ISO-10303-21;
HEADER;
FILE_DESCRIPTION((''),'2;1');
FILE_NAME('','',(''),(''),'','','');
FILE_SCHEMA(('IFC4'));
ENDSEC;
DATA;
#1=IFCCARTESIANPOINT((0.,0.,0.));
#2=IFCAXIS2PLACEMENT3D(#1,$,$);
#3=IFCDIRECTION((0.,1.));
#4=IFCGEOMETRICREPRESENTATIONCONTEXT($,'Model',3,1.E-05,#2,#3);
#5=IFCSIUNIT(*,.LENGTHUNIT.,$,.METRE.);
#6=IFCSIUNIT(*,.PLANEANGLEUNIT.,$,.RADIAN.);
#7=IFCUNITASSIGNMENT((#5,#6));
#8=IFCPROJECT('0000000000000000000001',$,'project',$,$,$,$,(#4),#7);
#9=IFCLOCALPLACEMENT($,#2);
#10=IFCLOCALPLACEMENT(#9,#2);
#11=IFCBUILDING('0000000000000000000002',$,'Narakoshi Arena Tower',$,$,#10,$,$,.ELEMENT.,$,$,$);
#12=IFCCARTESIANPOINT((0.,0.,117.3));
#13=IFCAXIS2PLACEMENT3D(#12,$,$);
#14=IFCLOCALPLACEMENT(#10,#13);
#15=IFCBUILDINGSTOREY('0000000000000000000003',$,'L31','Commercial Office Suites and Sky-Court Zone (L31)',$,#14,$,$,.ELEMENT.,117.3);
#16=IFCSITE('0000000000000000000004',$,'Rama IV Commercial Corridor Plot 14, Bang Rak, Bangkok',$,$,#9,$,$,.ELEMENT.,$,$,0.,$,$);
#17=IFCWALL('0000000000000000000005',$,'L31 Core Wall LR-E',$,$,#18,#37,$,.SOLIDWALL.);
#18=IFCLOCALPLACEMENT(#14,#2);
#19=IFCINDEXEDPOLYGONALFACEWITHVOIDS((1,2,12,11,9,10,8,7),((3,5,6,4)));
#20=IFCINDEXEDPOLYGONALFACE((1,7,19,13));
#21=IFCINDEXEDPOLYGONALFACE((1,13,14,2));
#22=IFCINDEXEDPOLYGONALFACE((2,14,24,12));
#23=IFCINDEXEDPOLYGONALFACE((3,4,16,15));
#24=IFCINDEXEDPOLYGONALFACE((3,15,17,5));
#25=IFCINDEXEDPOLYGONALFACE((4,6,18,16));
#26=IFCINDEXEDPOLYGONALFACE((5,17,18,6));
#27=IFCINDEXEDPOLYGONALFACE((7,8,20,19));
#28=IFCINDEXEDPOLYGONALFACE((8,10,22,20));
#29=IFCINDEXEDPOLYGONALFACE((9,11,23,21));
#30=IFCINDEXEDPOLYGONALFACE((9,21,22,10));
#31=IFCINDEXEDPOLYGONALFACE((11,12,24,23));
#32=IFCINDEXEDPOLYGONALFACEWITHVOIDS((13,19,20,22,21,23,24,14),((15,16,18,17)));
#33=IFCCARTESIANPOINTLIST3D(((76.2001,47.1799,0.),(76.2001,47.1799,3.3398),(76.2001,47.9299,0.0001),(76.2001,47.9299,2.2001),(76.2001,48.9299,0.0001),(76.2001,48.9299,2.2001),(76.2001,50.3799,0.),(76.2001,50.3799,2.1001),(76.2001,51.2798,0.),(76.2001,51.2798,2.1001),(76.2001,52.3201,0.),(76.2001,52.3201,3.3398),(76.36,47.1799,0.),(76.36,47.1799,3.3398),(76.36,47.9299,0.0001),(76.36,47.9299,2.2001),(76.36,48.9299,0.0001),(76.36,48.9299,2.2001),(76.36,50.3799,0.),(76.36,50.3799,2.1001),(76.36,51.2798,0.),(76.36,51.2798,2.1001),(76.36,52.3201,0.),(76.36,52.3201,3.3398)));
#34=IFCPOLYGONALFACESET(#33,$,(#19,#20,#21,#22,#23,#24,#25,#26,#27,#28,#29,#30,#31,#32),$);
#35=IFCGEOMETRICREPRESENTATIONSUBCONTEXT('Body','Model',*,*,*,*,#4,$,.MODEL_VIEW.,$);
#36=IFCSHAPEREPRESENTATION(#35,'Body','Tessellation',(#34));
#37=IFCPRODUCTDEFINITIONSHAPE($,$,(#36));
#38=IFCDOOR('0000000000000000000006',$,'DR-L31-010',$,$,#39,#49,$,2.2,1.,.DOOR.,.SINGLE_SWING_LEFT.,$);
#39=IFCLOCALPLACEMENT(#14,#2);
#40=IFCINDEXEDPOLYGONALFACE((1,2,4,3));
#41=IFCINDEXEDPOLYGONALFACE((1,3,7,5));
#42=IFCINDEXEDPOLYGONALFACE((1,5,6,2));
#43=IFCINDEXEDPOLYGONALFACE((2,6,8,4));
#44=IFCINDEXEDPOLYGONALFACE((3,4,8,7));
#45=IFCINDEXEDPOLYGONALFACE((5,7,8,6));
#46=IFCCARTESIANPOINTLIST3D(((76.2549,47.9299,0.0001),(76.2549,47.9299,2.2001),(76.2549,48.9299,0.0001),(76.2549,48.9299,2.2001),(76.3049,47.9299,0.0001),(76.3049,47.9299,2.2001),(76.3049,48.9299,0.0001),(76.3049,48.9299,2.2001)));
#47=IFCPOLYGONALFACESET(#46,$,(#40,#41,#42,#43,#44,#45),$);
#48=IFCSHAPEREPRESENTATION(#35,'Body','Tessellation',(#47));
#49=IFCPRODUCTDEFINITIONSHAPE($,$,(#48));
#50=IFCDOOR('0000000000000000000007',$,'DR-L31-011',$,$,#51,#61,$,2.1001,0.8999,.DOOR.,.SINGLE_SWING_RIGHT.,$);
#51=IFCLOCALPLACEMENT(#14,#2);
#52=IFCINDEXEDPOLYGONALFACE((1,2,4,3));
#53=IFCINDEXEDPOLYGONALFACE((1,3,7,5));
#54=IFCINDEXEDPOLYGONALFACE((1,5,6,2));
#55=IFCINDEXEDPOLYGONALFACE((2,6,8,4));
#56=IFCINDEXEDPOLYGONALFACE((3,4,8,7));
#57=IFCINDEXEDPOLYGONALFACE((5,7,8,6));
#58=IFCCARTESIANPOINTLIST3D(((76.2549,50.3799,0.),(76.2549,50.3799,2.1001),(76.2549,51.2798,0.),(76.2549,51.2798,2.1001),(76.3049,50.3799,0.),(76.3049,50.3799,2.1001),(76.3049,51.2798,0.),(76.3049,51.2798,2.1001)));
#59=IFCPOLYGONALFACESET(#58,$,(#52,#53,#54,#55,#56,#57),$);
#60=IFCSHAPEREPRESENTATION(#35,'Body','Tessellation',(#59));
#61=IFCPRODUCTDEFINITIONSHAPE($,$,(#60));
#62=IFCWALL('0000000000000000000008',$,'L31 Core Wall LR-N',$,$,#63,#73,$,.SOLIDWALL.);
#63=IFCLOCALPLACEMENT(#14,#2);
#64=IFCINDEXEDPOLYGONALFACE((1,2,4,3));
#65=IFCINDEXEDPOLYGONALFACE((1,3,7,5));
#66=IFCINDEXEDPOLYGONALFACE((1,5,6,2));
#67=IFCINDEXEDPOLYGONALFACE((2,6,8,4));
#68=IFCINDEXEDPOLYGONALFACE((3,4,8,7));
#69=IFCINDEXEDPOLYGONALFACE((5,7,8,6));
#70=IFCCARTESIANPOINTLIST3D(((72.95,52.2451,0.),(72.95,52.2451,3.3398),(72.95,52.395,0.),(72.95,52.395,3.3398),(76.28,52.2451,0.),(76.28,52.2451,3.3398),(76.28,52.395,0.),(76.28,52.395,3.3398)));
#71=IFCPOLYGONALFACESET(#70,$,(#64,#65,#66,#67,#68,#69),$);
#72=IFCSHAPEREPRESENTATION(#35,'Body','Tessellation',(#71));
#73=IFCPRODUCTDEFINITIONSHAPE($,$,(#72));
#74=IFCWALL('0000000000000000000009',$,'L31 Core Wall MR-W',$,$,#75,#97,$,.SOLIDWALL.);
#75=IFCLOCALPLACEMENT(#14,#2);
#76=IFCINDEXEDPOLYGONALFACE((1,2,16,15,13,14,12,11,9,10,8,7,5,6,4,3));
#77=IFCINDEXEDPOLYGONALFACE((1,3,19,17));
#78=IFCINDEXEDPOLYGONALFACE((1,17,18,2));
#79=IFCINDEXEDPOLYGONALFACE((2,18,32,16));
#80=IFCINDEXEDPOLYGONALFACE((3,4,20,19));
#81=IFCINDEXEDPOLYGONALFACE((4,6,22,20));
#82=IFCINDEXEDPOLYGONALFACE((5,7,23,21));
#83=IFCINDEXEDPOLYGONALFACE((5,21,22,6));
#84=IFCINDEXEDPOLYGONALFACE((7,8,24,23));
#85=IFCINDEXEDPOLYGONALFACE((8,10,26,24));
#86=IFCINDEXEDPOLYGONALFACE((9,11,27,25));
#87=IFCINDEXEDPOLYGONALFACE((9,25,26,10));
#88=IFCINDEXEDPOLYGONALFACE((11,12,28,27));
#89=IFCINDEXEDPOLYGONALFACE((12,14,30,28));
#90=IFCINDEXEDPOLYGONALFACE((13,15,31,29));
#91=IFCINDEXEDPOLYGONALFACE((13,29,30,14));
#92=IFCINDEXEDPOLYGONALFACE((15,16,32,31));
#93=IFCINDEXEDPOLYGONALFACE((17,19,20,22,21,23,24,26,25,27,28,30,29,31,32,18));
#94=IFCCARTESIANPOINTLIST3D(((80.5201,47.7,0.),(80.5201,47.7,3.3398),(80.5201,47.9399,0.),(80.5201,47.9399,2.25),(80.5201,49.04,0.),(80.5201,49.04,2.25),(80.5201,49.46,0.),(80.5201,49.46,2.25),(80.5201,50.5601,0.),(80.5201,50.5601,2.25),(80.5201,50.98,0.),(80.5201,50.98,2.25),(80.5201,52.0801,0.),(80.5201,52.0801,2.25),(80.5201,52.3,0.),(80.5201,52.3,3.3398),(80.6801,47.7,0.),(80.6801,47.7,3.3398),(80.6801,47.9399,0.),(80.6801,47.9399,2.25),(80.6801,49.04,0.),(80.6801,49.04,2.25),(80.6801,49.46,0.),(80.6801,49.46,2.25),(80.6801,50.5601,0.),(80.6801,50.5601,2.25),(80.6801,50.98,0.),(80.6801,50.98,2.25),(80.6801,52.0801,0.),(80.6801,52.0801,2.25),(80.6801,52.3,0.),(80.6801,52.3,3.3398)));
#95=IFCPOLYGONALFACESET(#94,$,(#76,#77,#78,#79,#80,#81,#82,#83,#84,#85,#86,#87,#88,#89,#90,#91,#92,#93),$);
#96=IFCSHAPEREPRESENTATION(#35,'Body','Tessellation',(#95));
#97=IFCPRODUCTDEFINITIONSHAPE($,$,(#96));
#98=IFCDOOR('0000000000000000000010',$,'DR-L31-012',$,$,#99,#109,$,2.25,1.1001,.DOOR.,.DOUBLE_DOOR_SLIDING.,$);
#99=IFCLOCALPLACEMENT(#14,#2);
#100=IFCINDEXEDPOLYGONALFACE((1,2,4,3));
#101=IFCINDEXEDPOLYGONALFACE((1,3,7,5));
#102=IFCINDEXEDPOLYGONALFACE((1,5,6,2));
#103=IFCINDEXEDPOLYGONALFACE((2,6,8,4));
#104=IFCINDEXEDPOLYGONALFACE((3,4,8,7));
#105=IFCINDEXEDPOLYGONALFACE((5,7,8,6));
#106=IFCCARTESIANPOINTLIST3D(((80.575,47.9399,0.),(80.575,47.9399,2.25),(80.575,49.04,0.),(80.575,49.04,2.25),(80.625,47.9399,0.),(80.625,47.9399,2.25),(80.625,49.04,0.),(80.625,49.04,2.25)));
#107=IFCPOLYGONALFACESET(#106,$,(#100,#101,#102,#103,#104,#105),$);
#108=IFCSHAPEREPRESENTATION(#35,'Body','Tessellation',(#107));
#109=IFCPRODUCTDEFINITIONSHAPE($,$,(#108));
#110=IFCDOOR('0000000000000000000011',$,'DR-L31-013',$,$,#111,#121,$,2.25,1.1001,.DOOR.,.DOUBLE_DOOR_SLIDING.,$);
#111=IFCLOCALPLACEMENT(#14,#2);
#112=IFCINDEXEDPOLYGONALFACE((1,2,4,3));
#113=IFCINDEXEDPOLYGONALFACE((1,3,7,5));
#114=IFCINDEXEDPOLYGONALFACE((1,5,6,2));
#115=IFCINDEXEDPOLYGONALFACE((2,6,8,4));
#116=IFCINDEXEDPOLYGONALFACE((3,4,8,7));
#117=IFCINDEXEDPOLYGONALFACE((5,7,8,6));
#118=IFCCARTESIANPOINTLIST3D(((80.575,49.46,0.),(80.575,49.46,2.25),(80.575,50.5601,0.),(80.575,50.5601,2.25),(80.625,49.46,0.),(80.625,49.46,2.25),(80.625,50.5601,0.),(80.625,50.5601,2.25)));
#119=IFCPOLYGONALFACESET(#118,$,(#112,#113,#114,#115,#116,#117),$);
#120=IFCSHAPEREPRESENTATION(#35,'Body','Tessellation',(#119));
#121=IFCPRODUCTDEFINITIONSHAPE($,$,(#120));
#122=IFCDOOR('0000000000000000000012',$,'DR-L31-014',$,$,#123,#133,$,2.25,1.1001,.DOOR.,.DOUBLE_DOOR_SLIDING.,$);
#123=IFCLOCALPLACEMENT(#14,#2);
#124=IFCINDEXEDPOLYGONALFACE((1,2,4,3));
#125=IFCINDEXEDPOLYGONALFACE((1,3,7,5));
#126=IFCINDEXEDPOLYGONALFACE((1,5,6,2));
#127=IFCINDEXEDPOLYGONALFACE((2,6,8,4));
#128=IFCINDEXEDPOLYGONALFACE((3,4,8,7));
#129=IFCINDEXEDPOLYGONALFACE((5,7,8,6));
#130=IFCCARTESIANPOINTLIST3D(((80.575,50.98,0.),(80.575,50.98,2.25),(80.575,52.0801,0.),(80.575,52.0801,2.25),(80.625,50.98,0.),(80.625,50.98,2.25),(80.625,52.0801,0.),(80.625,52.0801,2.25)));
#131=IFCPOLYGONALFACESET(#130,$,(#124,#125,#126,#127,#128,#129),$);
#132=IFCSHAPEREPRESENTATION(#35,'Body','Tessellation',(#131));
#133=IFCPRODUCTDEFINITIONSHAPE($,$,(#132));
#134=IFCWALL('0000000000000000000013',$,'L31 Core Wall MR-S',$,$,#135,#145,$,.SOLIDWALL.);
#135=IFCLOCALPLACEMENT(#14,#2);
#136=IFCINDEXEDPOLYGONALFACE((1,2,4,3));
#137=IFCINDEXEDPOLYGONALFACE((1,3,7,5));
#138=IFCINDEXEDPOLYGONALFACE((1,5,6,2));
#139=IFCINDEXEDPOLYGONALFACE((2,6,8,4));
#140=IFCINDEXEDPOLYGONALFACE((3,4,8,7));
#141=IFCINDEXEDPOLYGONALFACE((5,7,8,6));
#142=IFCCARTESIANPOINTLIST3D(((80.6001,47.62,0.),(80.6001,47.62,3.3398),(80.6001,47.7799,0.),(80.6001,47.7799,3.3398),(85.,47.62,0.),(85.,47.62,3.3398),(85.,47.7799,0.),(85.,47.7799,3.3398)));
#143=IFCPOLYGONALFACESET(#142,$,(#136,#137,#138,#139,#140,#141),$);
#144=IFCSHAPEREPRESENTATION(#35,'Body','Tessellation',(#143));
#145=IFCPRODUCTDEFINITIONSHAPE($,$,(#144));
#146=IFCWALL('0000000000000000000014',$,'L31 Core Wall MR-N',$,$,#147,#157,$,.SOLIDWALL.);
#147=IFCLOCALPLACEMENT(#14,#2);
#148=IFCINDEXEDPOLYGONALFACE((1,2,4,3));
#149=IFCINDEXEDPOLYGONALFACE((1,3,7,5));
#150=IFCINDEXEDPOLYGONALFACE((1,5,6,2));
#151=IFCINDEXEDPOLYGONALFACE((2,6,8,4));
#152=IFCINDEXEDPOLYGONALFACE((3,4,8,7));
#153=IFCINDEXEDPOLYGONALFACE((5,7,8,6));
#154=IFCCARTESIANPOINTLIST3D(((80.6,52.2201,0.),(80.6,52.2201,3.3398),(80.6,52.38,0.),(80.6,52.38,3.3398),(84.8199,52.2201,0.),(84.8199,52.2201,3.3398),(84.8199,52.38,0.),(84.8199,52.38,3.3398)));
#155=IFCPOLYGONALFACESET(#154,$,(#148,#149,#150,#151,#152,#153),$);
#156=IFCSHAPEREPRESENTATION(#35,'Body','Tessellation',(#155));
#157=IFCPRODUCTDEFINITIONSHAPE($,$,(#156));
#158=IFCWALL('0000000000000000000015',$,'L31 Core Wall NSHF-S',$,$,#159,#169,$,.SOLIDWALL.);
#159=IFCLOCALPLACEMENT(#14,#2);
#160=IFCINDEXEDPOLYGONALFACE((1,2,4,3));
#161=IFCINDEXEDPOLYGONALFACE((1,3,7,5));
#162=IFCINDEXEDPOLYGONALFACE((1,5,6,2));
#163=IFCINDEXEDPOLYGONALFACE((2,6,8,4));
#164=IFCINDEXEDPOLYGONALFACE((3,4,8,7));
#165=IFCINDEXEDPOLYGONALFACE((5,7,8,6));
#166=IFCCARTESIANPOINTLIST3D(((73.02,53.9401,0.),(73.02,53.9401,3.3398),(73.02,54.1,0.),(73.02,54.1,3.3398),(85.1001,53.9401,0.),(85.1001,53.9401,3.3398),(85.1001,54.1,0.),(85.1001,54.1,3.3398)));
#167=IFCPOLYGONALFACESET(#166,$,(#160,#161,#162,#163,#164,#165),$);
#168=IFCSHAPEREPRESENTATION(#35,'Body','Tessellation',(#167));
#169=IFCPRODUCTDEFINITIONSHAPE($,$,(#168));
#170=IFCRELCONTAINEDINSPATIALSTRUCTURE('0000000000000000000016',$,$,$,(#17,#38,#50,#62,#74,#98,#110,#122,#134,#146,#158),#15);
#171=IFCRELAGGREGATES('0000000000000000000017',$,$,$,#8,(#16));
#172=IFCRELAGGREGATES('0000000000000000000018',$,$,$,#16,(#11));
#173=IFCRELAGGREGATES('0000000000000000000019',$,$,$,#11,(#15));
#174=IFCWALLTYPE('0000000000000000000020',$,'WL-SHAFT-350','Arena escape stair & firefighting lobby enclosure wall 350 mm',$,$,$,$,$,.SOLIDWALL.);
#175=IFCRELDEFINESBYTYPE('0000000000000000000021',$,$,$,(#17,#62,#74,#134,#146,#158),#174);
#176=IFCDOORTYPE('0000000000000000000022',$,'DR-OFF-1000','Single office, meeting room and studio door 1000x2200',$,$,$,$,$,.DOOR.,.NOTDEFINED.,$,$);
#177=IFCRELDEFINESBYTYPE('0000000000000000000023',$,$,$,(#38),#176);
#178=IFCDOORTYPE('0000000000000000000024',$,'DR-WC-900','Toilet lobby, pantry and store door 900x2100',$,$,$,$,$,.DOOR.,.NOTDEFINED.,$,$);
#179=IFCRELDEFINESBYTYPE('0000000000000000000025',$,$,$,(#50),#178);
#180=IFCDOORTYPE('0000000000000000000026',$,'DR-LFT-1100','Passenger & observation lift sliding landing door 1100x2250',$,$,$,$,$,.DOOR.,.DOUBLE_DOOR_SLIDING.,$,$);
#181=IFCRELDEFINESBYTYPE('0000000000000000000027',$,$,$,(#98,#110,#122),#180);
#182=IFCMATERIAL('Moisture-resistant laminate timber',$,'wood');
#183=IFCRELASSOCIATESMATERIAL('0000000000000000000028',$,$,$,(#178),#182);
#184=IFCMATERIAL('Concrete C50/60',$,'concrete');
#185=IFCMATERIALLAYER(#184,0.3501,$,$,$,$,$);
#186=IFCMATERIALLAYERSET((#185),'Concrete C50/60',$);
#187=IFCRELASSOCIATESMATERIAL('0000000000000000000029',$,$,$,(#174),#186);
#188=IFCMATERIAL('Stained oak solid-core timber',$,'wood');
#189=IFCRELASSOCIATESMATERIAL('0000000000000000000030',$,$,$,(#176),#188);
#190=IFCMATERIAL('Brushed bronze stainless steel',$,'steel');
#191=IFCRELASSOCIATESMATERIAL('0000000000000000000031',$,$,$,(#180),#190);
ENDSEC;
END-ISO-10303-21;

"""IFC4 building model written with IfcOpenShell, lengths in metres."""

from ifc_helpers import new_model, si_unit, direction, frame, frame_2d, origin, place, context, subcontext, project, spatial, rectangle, extrude, material, layer, layer_set, type_object, element, fill, save


model = new_model("IFC4")

# Units and contexts
model_context = context("Model", 3, precision=1e-05, world=origin(), true_north=direction((0.0, 1.0)))
body_context = subcontext(model_context, "Body", "Model", "MODEL_VIEW")
ifc_project = project(units=[si_unit("LENGTHUNIT", "METRE"), si_unit("PLANEANGLEUNIT", "RADIAN")], contexts=[model_context])

# Site, building, storey
site_placement = place(None, origin())
site = spatial("IfcSite", under=ifc_project, at=site_placement, Name="Rama IV Commercial Corridor Plot 14, Bang Rak, Bangkok", CompositionType="ELEMENT", RefElevation=0.0)
building_placement = place(site_placement, origin())
building = spatial("IfcBuilding", under=site, at=building_placement, Name="Narakoshi Arena Tower", CompositionType="ELEMENT")
storey_placement = place(building_placement, frame((0.0, 0.0, 117.3)))
storey = spatial("IfcBuildingStorey", under=building, at=storey_placement, Name="L31", Description="Commercial Office Suites and Sky-Court Zone (L31)", CompositionType="ELEMENT", Elevation=117.3)

# Shared definitions
ifc_material_1 = material(Name="Moisture-resistant laminate timber", Category="wood")
door_type_1 = type_object("IfcDoorType", Name="DR-WC-900", Description="Toilet lobby, pantry and store door 900x2100", OperationType="NOTDEFINED", PredefinedType="DOOR", material=ifc_material_1)

# Shared definitions
ifc_material_2 = material(Name="Concrete C50/60", Category="concrete")
ifc_layer_1 = layer(ifc_material_2, 0.3501)
ifc_layer_set_1 = layer_set([ifc_layer_1], Name="Concrete C50/60")
wall_type_1 = type_object("IfcWallType", Name="WL-SHAFT-350", Description="Arena escape stair & firefighting lobby enclosure wall 350 mm", PredefinedType="SOLIDWALL", material=ifc_layer_set_1)

# Wall, openings, doors
wall_1_placement = place(storey_placement, frame((76.28, 47.1799, 0.0), z_axis=(0.0, 0.0, 1.0), x_axis=(0.0, 1.0, 0.0)))
wall_1 = element("IfcWall", 1, at=wall_1_placement, inside=storey, type_object=wall_type_1, Name="L31 Core Wall LR-E", PredefinedType="SOLIDWALL", context=body_context, shape_type="SweptSolid", body=[
    extrude(rectangle(XDim=5.1401, YDim=0.1599, at=frame_2d((2.5701, 0.0))), origin(), (0.0, 0.0, 1.0), 3.3398),
])
opening_1_placement = place(wall_1_placement, frame((0.75, 0.0, 0.0)))
opening_1 = element("IfcOpeningElement", 2, at=opening_1_placement, cuts=wall_1, PredefinedType="OPENING", context=body_context, shape_type="SweptSolid", body=[
    extrude(rectangle(XDim=1.0, YDim=2.2, at=frame_2d((0.5, 1.1001))), frame((0.0, 0.0898, 0.0), z_axis=(0.0, -1.0, 0.0), x_axis=(1.0, 0.0, 0.0)), (0.0, 0.0, 1.0), 0.1799),
])
opening_2_placement = place(wall_1_placement, frame((3.2, 0.0, 0.0)))
opening_2 = element("IfcOpeningElement", 3, at=opening_2_placement, cuts=wall_1, PredefinedType="OPENING", context=body_context, shape_type="SweptSolid", body=[
    extrude(rectangle(XDim=0.8999, YDim=2.1001, at=frame_2d((0.45, 1.05))), frame((0.0, 0.0898, 0.0), z_axis=(0.0, -1.0, 0.0), x_axis=(1.0, 0.0, 0.0)), (0.0, 0.0, 1.0), 0.1799),
])
ifc_material_3 = material(Name="Stained oak solid-core timber", Category="wood")
door_type_2 = type_object("IfcDoorType", Name="DR-OFF-1000", Description="Single office, meeting room and studio door 1000x2200", OperationType="NOTDEFINED", PredefinedType="DOOR", material=ifc_material_3)
door_1_placement = place(opening_1_placement, frame((1.0, 0.0, 0.0), z_axis=(0.0, 0.0, 1.0), x_axis=(-1.0, 0.0, 0.0)))
door_1 = element("IfcDoor", 4, at=door_1_placement, inside=storey, type_object=door_type_2, Name="DR-L31-010", OperationType="SINGLE_SWING_LEFT", OverallHeight=2.2, OverallWidth=1.0, PredefinedType="DOOR", context=body_context, shape_type="SweptSolid", body=[
    extrude(rectangle(XDim=1.0, YDim=2.2, at=frame_2d((0.5, 1.1001))), frame((0.0, 0.0249, 0.0), z_axis=(0.0, -1.0, 0.0), x_axis=(1.0, 0.0, 0.0)), (0.0, 0.0, 1.0), 0.05),
])
fill(opening_1, door_1)
door_2_placement = place(opening_2_placement, frame((0.8999, 0.0, 0.0), z_axis=(0.0, 0.0, 1.0), x_axis=(-1.0, 0.0, 0.0)))
door_2 = element("IfcDoor", 5, at=door_2_placement, inside=storey, type_object=door_type_1, Name="DR-L31-011", OperationType="SINGLE_SWING_RIGHT", OverallHeight=2.1001, OverallWidth=0.8999, PredefinedType="DOOR", context=body_context, shape_type="SweptSolid", body=[
    extrude(rectangle(XDim=0.8999, YDim=2.1001, at=frame_2d((0.45, 1.05))), frame((0.0, 0.0249, 0.0), z_axis=(0.0, -1.0, 0.0), x_axis=(1.0, 0.0, 0.0)), (0.0, 0.0, 1.0), 0.05),
])
fill(opening_2, door_2)

# Wall
wall_2_placement = place(storey_placement, frame((72.95, 52.3201, 0.0), z_axis=(0.0, 0.0, 1.0), x_axis=(1.0, 0.0, 0.0)))
element("IfcWall", 6, at=wall_2_placement, inside=storey, type_object=wall_type_1, Name="L31 Core Wall LR-N", PredefinedType="SOLIDWALL", context=body_context, shape_type="SweptSolid", body=[
    extrude(rectangle(XDim=3.3301, YDim=0.1499, at=frame_2d((1.665, 0.0))), origin(), (0.0, 0.0, 1.0), 3.3398),
])

# Wall, openings, doors
wall_3_placement = place(storey_placement, frame((80.6001, 47.7, 0.0), z_axis=(0.0, 0.0, 1.0), x_axis=(0.0, 1.0, 0.0)))
wall_3 = element("IfcWall", 7, at=wall_3_placement, inside=storey, type_object=wall_type_1, Name="L31 Core Wall MR-W", PredefinedType="SOLIDWALL", context=body_context, shape_type="SweptSolid", body=[
    extrude(rectangle(XDim=4.6001, YDim=0.1599, at=frame_2d((2.3, 0.0))), origin(), (0.0, 0.0, 1.0), 3.3398),
])
opening_3_placement = place(wall_3_placement, frame((0.24, 0.0, 0.0)))
opening_3 = element("IfcOpeningElement", 8, at=opening_3_placement, cuts=wall_3, PredefinedType="OPENING", context=body_context, shape_type="SweptSolid", body=[
    extrude(rectangle(XDim=1.1001, YDim=2.25, at=frame_2d((0.55, 1.125))), frame((0.0, 0.0898, 0.0), z_axis=(0.0, -1.0, 0.0), x_axis=(1.0, 0.0, 0.0)), (0.0, 0.0, 1.0), 0.1799),
])
opening_4_placement = place(wall_3_placement, frame((1.76, 0.0, 0.0)))
opening_4 = element("IfcOpeningElement", 9, at=opening_4_placement, cuts=wall_3, PredefinedType="OPENING", context=body_context, shape_type="SweptSolid", body=[
    extrude(rectangle(XDim=1.1001, YDim=2.25, at=frame_2d((0.55, 1.125))), frame((0.0, 0.0898, 0.0), z_axis=(0.0, -1.0, 0.0), x_axis=(1.0, 0.0, 0.0)), (0.0, 0.0, 1.0), 0.1799),
])
opening_5_placement = place(wall_3_placement, frame((3.28, 0.0, 0.0)))
opening_5 = element("IfcOpeningElement", 10, at=opening_5_placement, cuts=wall_3, PredefinedType="OPENING", context=body_context, shape_type="SweptSolid", body=[
    extrude(rectangle(XDim=1.1001, YDim=2.25, at=frame_2d((0.55, 1.125))), frame((0.0, 0.0898, 0.0), z_axis=(0.0, -1.0, 0.0), x_axis=(1.0, 0.0, 0.0)), (0.0, 0.0, 1.0), 0.1799),
])
ifc_material_4 = material(Name="Brushed bronze stainless steel", Category="steel")
door_type_3 = type_object("IfcDoorType", Name="DR-LFT-1100", Description="Passenger & observation lift sliding landing door 1100x2250", OperationType="DOUBLE_DOOR_SLIDING", PredefinedType="DOOR", material=ifc_material_4)
door_3_placement = place(opening_3_placement, frame((1.1001, 0.0, 0.0), z_axis=(0.0, 0.0, 1.0), x_axis=(-1.0, 0.0, 0.0)))
door_3 = element("IfcDoor", 11, at=door_3_placement, inside=storey, type_object=door_type_3, Name="DR-L31-012", OperationType="DOUBLE_DOOR_SLIDING", OverallHeight=2.25, OverallWidth=1.1001, PredefinedType="DOOR", context=body_context, shape_type="SweptSolid", body=[
    extrude(rectangle(XDim=1.1001, YDim=2.25, at=frame_2d((0.55, 1.125))), frame((0.0, 0.0249, 0.0), z_axis=(0.0, -1.0, 0.0), x_axis=(1.0, 0.0, 0.0)), (0.0, 0.0, 1.0), 0.05),
])
fill(opening_3, door_3)
door_4_placement = place(opening_4_placement, frame((1.1001, 0.0, 0.0), z_axis=(0.0, 0.0, 1.0), x_axis=(-1.0, 0.0, 0.0)))
door_4 = element("IfcDoor", 12, at=door_4_placement, inside=storey, type_object=door_type_3, Name="DR-L31-013", OperationType="DOUBLE_DOOR_SLIDING", OverallHeight=2.25, OverallWidth=1.1001, PredefinedType="DOOR", context=body_context, shape_type="SweptSolid", body=[
    extrude(rectangle(XDim=1.1001, YDim=2.25, at=frame_2d((0.55, 1.125))), frame((0.0, 0.0249, 0.0), z_axis=(0.0, -1.0, 0.0), x_axis=(1.0, 0.0, 0.0)), (0.0, 0.0, 1.0), 0.05),
])
fill(opening_4, door_4)
door_5_placement = place(opening_5_placement, frame((1.1001, 0.0, 0.0), z_axis=(0.0, 0.0, 1.0), x_axis=(-1.0, 0.0, 0.0)))
door_5 = element("IfcDoor", 13, at=door_5_placement, inside=storey, type_object=door_type_3, Name="DR-L31-014", OperationType="DOUBLE_DOOR_SLIDING", OverallHeight=2.25, OverallWidth=1.1001, PredefinedType="DOOR", context=body_context, shape_type="SweptSolid", body=[
    extrude(rectangle(XDim=1.1001, YDim=2.25, at=frame_2d((0.55, 1.125))), frame((0.0, 0.0249, 0.0), z_axis=(0.0, -1.0, 0.0), x_axis=(1.0, 0.0, 0.0)), (0.0, 0.0, 1.0), 0.05),
])
fill(opening_5, door_5)

# Walls
wall_4_placement = place(storey_placement, frame((80.6001, 47.7, 0.0), z_axis=(0.0, 0.0, 1.0), x_axis=(1.0, 0.0, 0.0)))
element("IfcWall", 14, at=wall_4_placement, inside=storey, type_object=wall_type_1, Name="L31 Core Wall MR-S", PredefinedType="SOLIDWALL", context=body_context, shape_type="SweptSolid", body=[
    extrude(rectangle(XDim=4.3999, YDim=0.1599, at=frame_2d((2.2, 0.0))), origin(), (0.0, 0.0, 1.0), 3.3398),
])
wall_5_placement = place(storey_placement, frame((80.6001, 52.3, 0.0), z_axis=(0.0, 0.0, 1.0), x_axis=(1.0, 0.0, 0.0)))
element("IfcWall", 15, at=wall_5_placement, inside=storey, type_object=wall_type_1, Name="L31 Core Wall MR-N", PredefinedType="SOLIDWALL", context=body_context, shape_type="SweptSolid", body=[
    extrude(rectangle(XDim=4.22, YDim=0.1599, at=frame_2d((2.1099, 0.0))), origin(), (0.0, 0.0, 1.0), 3.3398),
])
wall_6_placement = place(storey_placement, frame((73.02, 54.02, 0.0), z_axis=(0.0, 0.0, 1.0), x_axis=(1.0, 0.0, 0.0)))
element("IfcWall", 16, at=wall_6_placement, inside=storey, type_object=wall_type_1, Name="L31 Core Wall NSHF-S", PredefinedType="SOLIDWALL", context=body_context, shape_type="SweptSolid", body=[
    extrude(rectangle(XDim=12.0801, YDim=0.1599, at=frame_2d((6.04, 0.0))), origin(), (0.0, 0.0, 1.0), 3.3398),
])

save(model, "model.ifc")
